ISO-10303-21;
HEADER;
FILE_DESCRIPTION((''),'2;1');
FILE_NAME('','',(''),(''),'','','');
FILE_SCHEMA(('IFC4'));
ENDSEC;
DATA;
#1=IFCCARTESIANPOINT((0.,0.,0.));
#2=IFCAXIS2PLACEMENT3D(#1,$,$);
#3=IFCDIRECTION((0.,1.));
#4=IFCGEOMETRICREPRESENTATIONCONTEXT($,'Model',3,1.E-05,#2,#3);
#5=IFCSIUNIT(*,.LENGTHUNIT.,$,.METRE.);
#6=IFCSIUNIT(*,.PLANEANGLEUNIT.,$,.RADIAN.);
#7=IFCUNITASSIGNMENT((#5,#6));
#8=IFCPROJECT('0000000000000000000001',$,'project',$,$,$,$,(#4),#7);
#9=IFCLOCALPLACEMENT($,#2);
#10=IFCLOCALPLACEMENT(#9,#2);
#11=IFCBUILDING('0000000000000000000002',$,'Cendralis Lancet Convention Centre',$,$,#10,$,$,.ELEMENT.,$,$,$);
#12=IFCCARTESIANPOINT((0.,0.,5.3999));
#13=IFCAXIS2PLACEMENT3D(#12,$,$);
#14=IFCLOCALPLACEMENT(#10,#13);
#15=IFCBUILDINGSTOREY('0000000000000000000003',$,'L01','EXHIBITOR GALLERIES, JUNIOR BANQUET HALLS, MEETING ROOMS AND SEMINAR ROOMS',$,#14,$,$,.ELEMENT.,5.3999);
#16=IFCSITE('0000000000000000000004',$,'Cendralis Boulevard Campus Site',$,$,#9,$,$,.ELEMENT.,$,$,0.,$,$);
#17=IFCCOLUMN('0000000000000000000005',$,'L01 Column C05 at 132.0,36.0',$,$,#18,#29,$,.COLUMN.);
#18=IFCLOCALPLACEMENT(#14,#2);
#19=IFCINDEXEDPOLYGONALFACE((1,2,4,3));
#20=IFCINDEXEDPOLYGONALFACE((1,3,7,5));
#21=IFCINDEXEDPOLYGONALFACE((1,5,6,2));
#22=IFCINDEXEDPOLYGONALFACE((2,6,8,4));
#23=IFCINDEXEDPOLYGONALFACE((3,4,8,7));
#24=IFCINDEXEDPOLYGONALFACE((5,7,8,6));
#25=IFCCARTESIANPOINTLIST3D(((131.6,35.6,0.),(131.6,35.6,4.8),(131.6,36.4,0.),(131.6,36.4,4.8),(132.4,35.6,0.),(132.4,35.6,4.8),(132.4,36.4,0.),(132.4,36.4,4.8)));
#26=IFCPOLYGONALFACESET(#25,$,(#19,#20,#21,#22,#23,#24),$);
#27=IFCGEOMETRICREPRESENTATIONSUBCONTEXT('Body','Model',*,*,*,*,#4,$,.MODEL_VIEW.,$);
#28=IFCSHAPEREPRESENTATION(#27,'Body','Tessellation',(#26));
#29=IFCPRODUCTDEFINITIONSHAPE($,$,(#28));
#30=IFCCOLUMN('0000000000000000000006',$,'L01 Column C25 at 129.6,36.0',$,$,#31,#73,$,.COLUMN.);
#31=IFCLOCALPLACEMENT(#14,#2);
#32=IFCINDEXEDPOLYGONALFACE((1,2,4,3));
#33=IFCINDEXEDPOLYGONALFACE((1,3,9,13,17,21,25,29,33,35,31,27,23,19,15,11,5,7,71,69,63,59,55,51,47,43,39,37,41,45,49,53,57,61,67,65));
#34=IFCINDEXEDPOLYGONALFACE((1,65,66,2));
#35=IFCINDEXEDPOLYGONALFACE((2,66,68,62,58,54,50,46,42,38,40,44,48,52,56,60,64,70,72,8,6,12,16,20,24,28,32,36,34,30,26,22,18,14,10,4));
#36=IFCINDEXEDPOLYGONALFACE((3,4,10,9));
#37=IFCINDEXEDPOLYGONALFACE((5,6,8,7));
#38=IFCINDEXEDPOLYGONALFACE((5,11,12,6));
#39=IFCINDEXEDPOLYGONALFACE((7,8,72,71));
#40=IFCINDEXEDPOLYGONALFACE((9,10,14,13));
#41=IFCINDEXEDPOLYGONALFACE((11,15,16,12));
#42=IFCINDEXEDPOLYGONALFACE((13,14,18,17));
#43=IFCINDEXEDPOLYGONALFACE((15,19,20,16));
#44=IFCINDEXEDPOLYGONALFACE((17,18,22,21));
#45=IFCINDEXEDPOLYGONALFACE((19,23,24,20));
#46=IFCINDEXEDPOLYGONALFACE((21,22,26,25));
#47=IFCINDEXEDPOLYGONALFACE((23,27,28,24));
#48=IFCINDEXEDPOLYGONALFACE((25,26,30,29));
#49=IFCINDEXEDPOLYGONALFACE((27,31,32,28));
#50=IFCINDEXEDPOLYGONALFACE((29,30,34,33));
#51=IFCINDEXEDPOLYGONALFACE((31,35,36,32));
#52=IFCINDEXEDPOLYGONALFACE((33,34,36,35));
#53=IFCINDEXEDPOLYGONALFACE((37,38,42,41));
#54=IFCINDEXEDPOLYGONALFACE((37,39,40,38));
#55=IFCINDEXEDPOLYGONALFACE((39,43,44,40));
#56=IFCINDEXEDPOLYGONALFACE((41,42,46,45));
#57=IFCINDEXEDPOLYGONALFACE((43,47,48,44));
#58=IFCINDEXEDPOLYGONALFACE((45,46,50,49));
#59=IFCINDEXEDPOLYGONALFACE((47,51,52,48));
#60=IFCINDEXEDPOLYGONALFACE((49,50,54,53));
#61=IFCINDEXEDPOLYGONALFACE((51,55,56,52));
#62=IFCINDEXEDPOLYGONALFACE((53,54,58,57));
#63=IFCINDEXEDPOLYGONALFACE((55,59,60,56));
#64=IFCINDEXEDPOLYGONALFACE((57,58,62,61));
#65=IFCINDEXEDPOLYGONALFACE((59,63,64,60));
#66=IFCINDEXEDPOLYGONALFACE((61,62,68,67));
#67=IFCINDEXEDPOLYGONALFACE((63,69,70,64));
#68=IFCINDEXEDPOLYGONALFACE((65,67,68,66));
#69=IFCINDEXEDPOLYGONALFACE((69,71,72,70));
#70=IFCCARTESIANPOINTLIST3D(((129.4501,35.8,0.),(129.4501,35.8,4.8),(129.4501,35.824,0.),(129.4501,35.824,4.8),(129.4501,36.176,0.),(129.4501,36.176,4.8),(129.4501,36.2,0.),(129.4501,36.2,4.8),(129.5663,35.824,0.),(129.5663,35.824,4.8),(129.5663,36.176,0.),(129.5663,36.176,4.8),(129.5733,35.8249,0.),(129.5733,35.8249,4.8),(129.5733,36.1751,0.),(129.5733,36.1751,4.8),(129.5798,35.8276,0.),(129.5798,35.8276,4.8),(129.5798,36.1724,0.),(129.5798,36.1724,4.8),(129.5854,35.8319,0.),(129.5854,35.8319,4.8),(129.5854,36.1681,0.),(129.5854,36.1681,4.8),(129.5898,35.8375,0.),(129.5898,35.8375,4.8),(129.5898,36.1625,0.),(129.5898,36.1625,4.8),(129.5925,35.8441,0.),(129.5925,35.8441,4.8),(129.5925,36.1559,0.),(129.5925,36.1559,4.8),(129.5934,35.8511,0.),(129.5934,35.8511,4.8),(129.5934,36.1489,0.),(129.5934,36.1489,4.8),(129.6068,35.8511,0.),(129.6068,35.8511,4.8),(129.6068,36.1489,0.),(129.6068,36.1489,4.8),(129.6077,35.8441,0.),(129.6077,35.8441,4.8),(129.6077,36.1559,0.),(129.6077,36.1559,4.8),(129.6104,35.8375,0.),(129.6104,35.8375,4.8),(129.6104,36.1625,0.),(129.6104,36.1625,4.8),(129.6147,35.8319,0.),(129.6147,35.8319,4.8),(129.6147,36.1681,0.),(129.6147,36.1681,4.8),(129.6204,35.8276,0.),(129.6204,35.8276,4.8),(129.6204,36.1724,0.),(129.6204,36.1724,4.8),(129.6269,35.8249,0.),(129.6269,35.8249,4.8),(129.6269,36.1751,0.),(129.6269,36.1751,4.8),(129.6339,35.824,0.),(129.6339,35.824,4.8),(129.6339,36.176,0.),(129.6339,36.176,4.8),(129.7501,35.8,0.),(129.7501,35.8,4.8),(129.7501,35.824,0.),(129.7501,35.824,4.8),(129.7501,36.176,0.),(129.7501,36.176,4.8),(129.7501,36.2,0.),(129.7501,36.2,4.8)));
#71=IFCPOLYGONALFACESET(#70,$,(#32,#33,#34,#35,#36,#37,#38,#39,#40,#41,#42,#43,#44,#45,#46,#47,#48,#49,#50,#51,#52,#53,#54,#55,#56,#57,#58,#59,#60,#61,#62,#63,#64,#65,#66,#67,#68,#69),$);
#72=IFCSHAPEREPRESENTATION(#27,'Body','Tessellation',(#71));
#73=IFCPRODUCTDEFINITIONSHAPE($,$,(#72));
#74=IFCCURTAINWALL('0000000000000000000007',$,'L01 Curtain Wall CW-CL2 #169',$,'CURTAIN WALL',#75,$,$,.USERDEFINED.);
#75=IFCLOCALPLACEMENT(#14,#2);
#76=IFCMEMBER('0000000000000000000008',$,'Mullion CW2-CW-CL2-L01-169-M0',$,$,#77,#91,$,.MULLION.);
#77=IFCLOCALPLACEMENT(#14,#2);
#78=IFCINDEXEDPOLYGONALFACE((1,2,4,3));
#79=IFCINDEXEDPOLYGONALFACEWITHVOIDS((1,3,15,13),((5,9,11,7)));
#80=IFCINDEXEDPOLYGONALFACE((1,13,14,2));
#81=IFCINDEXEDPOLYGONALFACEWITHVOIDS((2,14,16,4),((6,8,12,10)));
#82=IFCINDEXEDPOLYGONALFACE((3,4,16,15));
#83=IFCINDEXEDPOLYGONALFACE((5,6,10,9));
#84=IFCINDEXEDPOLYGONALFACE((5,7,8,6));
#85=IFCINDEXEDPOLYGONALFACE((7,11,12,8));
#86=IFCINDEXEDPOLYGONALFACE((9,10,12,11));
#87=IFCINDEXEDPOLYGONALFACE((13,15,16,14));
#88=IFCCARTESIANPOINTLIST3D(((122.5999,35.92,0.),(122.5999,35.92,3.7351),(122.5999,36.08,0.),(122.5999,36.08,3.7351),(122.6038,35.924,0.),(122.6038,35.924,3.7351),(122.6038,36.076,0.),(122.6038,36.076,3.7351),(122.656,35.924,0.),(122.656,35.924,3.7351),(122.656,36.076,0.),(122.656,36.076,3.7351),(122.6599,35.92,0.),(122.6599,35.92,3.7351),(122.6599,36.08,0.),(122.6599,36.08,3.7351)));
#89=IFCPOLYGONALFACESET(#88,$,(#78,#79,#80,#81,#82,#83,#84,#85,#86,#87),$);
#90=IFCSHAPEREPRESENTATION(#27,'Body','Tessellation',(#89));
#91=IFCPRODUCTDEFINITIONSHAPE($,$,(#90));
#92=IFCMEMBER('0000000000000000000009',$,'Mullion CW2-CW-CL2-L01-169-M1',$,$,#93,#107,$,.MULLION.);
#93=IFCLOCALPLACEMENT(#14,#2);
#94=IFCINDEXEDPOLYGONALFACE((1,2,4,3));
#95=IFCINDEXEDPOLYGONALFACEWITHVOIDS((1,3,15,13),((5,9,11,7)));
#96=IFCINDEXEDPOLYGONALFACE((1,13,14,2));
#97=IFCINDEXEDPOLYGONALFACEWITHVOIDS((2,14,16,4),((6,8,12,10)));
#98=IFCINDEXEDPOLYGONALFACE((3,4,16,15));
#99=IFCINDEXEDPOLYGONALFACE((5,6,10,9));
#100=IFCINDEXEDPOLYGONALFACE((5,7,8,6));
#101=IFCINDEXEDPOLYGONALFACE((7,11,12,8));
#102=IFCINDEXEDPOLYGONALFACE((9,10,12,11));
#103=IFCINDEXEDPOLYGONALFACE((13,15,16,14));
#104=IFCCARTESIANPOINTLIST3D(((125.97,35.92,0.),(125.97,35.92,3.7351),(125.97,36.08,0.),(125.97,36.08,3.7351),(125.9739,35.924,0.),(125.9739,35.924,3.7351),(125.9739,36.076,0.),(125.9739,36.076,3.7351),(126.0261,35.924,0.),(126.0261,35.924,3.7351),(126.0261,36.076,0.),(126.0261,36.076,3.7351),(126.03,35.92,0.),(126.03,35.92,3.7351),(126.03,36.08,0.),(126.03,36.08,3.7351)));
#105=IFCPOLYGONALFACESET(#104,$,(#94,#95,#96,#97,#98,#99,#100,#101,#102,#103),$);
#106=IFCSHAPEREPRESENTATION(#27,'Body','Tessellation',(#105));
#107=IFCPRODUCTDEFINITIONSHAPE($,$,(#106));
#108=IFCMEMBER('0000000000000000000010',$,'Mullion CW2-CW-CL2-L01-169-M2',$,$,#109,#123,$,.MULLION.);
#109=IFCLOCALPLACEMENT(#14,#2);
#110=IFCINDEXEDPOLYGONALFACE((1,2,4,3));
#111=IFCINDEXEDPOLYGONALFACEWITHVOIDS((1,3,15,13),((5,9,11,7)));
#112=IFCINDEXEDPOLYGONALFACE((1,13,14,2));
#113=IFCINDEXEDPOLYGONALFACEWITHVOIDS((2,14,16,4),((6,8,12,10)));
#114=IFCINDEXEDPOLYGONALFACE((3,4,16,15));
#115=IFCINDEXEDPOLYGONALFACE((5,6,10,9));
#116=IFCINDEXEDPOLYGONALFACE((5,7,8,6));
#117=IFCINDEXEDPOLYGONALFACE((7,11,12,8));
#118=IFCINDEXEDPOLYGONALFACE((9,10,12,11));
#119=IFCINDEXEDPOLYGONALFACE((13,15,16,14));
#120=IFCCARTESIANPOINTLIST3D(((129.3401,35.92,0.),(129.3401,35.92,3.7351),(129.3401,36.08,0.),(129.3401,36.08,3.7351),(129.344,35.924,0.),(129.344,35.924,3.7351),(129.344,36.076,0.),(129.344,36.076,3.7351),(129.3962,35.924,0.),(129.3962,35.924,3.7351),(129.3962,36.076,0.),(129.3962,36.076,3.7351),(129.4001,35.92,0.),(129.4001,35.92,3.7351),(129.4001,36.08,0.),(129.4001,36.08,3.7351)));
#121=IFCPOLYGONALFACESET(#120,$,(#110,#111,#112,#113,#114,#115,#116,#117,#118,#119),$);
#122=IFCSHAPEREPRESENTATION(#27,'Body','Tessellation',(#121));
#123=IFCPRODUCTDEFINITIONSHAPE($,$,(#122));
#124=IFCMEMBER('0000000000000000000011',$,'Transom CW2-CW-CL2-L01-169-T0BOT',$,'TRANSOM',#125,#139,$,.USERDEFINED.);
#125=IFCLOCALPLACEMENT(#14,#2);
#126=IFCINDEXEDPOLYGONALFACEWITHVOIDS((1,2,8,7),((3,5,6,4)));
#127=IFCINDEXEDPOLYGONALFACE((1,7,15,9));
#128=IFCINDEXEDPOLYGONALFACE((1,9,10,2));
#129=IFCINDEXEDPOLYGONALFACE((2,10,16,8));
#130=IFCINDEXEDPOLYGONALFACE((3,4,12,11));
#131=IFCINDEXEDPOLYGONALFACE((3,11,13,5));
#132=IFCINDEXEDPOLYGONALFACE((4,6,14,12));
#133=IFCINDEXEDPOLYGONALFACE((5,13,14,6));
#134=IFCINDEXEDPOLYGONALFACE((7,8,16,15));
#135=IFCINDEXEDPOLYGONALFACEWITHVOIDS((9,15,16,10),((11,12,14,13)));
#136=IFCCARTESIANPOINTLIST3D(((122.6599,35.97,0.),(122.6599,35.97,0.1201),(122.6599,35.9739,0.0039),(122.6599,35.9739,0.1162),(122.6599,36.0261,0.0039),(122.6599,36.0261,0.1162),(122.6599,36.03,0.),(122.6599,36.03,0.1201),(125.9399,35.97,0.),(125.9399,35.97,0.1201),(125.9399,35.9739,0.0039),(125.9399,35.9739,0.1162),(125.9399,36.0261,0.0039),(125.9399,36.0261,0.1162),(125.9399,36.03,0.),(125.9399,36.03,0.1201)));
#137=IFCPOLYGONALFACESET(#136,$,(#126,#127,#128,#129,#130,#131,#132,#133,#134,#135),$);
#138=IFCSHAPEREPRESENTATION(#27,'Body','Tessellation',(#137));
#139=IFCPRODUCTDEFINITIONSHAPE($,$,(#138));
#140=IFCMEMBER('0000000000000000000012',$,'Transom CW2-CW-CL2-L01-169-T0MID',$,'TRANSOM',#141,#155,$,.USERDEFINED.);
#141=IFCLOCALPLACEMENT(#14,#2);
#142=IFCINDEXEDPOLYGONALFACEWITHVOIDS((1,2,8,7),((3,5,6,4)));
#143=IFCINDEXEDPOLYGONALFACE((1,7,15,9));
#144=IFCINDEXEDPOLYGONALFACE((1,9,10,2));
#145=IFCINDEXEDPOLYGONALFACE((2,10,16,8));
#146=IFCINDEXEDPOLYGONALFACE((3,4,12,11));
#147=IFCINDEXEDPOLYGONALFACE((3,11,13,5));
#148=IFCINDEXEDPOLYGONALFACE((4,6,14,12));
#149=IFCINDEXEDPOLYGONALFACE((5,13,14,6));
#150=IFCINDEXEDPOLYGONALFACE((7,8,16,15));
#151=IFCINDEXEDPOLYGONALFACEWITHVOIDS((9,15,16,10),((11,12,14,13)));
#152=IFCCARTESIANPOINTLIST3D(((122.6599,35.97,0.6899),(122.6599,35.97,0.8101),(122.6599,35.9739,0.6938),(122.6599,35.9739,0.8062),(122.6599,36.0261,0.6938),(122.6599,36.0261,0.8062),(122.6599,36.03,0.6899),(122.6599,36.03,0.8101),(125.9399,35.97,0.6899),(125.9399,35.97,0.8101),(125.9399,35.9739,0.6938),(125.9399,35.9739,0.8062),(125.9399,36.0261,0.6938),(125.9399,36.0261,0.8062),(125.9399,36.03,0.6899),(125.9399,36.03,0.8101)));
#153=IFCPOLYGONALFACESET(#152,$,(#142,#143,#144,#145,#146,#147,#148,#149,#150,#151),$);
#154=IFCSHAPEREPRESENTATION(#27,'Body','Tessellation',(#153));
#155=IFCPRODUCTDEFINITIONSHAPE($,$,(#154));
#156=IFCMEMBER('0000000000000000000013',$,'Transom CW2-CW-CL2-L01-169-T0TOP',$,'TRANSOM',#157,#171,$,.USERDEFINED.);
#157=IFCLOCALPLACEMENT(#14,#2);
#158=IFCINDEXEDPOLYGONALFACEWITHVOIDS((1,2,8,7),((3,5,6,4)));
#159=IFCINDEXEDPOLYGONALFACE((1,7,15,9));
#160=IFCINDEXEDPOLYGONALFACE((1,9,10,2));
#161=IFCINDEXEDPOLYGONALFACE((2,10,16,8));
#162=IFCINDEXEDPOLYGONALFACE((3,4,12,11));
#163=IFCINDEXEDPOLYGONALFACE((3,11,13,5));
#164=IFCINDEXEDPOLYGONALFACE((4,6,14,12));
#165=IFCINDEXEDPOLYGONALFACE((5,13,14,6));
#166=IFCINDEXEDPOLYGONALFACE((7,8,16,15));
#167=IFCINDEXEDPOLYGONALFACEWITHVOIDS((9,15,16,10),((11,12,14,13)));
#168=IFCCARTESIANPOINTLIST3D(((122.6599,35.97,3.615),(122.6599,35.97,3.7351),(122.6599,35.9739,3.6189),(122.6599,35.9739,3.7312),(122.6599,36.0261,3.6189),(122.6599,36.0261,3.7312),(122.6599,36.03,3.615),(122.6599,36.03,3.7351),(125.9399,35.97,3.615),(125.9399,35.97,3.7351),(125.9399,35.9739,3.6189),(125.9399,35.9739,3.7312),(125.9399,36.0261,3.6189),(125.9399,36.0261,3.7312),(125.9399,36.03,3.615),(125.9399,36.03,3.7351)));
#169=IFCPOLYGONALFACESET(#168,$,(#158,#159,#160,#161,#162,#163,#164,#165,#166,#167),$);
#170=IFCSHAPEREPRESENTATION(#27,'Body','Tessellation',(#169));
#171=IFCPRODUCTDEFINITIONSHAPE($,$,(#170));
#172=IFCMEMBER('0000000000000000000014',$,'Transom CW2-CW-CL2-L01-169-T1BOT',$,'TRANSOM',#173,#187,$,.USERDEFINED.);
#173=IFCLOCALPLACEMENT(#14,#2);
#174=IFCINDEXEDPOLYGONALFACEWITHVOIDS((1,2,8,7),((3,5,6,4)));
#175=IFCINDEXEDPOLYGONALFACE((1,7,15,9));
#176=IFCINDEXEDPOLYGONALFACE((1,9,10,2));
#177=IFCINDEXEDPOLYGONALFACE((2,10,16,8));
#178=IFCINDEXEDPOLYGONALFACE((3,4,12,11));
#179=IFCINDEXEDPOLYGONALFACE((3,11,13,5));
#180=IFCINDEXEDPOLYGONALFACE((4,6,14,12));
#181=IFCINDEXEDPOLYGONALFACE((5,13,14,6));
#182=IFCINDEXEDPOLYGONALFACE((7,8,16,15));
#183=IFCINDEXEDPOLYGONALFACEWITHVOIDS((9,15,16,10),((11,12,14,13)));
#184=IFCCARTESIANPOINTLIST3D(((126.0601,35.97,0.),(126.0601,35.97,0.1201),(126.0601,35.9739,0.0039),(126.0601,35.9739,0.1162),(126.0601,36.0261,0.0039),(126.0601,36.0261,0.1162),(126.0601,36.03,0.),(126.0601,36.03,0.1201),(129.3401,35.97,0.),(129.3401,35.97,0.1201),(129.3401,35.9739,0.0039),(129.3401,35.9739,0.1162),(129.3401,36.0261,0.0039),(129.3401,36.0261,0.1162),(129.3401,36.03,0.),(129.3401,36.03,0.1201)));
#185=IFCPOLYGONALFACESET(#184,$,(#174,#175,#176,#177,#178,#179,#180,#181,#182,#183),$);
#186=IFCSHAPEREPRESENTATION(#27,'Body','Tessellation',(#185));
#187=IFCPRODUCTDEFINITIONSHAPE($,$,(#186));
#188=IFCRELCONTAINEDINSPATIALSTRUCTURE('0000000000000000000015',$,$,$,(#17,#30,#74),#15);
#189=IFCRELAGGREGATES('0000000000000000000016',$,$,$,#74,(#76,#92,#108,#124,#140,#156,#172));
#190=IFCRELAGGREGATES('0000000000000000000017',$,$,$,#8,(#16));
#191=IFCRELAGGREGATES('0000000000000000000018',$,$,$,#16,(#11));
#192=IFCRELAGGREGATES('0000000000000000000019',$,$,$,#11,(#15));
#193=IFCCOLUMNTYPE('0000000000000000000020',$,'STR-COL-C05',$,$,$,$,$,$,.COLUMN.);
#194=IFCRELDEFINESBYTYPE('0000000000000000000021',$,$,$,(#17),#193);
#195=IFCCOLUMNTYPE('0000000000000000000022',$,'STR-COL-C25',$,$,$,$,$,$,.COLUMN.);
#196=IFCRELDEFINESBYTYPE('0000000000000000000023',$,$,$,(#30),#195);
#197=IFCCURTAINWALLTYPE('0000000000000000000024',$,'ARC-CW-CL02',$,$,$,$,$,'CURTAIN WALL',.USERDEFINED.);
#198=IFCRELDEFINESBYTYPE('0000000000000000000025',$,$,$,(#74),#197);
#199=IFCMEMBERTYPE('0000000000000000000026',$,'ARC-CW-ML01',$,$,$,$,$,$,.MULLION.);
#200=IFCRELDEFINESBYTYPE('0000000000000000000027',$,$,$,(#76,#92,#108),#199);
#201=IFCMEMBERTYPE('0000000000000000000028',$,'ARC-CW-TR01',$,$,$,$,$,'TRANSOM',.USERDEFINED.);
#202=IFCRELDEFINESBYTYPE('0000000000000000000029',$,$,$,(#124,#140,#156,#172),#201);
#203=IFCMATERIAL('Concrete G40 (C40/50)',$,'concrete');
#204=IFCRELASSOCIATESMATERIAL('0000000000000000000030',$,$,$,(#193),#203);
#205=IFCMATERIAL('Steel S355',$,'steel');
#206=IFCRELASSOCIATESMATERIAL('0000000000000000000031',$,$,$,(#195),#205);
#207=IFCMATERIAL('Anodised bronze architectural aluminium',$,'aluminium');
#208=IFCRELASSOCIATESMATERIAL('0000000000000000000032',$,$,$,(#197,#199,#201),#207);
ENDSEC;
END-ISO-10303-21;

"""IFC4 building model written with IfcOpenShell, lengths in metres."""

from ifc_helpers import new_model, si_unit, direction, frame, origin, origin_2d, place, context, subcontext, project, spatial, rectangle, hollow_rectangle, i_section, extrude, material, material_profile, profile_set, type_object, element, aggregate, save


model = new_model("IFC4")

# Units and contexts
model_context = context("Model", 3, precision=1e-05, world=origin(), true_north=direction((0.0, 1.0)))
body_context = subcontext(model_context, "Body", "Model", "MODEL_VIEW")
ifc_project = project(units=[si_unit("LENGTHUNIT", "METRE"), si_unit("PLANEANGLEUNIT", "RADIAN")], contexts=[model_context])

# Site, building, storey
site_placement = place(None, origin())
site = spatial("IfcSite", under=ifc_project, at=site_placement, Name="Cendralis Boulevard Campus Site", CompositionType="ELEMENT", RefElevation=0.0)
building_placement = place(site_placement, origin())
building = spatial("IfcBuilding", under=site, at=building_placement, Name="Cendralis Lancet Convention Centre", CompositionType="ELEMENT")
storey_placement = place(building_placement, frame((0.0, 0.0, 5.3999)))
storey = spatial("IfcBuildingStorey", under=building, at=storey_placement, Name="L01", Description="EXHIBITOR GALLERIES, JUNIOR BANQUET HALLS, MEETING ROOMS AND SEMINAR ROOMS", CompositionType="ELEMENT", Elevation=5.3999)

# Columns
ifc_material_1 = material(Name="Concrete G40 (C40/50)", Category="concrete")
ifc_material_profile_1 = material_profile(ifc_material_1, rectangle(XDim=0.8, YDim=0.8, at=origin_2d()), Name="RC 800x800")
ifc_profile_set_1 = profile_set([ifc_material_profile_1], Name="Concrete G40 (C40/50)")
column_type_1 = type_object("IfcColumnType", Name="STR-COL-C05", PredefinedType="COLUMN", material=ifc_profile_set_1)
column_1_placement = place(storey_placement, frame((132.0, 36.0, 0.0), z_axis=(0.0, 0.0, 1.0), x_axis=(1.0, 0.0, 0.0)))
element("IfcColumn", 1, at=column_1_placement, inside=storey, type_object=column_type_1, Name="L01 Column C05 at 132.0,36.0", PredefinedType="COLUMN", context=body_context, shape_type="SweptSolid", body=[
    extrude(rectangle(XDim=0.8, YDim=0.8, at=origin_2d()), origin(), (0.0, 0.0, 1.0), 4.8),
])
ifc_material_2 = material(Name="Steel S355", Category="steel")
ifc_material_profile_2 = material_profile(ifc_material_2, i_section(OverallWidth=0.3, OverallDepth=0.3999, WebThickness=0.0134, FlangeThickness=0.0239, FilletRadius=0.0271, at=origin_2d()), Name="HEB 400")
ifc_profile_set_2 = profile_set([ifc_material_profile_2], Name="Steel S355")
column_type_2 = type_object("IfcColumnType", Name="STR-COL-C25", PredefinedType="COLUMN", material=ifc_profile_set_2)
column_2_placement = place(storey_placement, frame((129.6001, 36.0, 0.0), z_axis=(0.0, 0.0, 1.0), x_axis=(1.0, 0.0, 0.0)))
element("IfcColumn", 2, at=column_2_placement, inside=storey, type_object=column_type_2, Name="L01 Column C25 at 129.6,36.0", PredefinedType="COLUMN", context=body_context, shape_type="SweptSolid", body=[
    extrude(i_section(OverallWidth=0.3, OverallDepth=0.3999, WebThickness=0.0134, FlangeThickness=0.0239, FilletRadius=0.0271, at=origin_2d()), origin(), (0.0, 0.0, 1.0), 4.8),
])

# Curtain wall, members
ifc_material_3 = material(Name="Anodised bronze architectural aluminium", Category="aluminium")
curtain_wall_type = type_object("IfcCurtainWallType", Name="ARC-CW-CL02", ElementType="CURTAIN WALL", PredefinedType="USERDEFINED", material=ifc_material_3)
curtain_wall_placement = place(storey_placement, origin())
curtain_wall = element("IfcCurtainWall", 3, at=curtain_wall_placement, inside=storey, type_object=curtain_wall_type, Name="L01 Curtain Wall CW-CL2 #169", ObjectType="CURTAIN WALL", PredefinedType="USERDEFINED")
ifc_material_profile_3 = material_profile(ifc_material_3, hollow_rectangle(XDim=0.0601, YDim=0.1599, WallThickness=0.0039, at=origin_2d()), Name="AL-MULL 60x160x4.0")
ifc_profile_set_3 = profile_set([ifc_material_profile_3], Name="Anodised bronze architectural aluminium")
member_type_1 = type_object("IfcMemberType", Name="ARC-CW-ML01", PredefinedType="MULLION", material=ifc_profile_set_3)
member_1_placement = place(storey_placement, frame((122.6299, 36.0, 0.0), z_axis=(0.0, 0.0, 1.0), x_axis=(1.0, 0.0, 0.0)))
member_1 = element("IfcMember", 4, at=member_1_placement, type_object=member_type_1, Name="Mullion CW2-CW-CL2-L01-169-M0", PredefinedType="MULLION", context=body_context, shape_type="SweptSolid", body=[
    extrude(hollow_rectangle(XDim=0.0601, YDim=0.1599, WallThickness=0.0039, at=origin_2d()), origin(), (0.0, 0.0, 1.0), 3.7351),
])
member_2_placement = place(storey_placement, frame((126.0, 36.0, 0.0), z_axis=(0.0, 0.0, 1.0), x_axis=(1.0, 0.0, 0.0)))
member_2 = element("IfcMember", 5, at=member_2_placement, type_object=member_type_1, Name="Mullion CW2-CW-CL2-L01-169-M1", PredefinedType="MULLION", context=body_context, shape_type="SweptSolid", body=[
    extrude(hollow_rectangle(XDim=0.0601, YDim=0.1599, WallThickness=0.0039, at=origin_2d()), origin(), (0.0, 0.0, 1.0), 3.7351),
])
member_3_placement = place(storey_placement, frame((129.3701, 36.0, 0.0), z_axis=(0.0, 0.0, 1.0), x_axis=(1.0, 0.0, 0.0)))
member_3 = element("IfcMember", 6, at=member_3_placement, type_object=member_type_1, Name="Mullion CW2-CW-CL2-L01-169-M2", PredefinedType="MULLION", context=body_context, shape_type="SweptSolid", body=[
    extrude(hollow_rectangle(XDim=0.0601, YDim=0.1599, WallThickness=0.0039, at=origin_2d()), origin(), (0.0, 0.0, 1.0), 3.7351),
])
ifc_material_profile_4 = material_profile(ifc_material_3, hollow_rectangle(XDim=0.0601, YDim=0.1201, WallThickness=0.0039, at=origin_2d()), Name="AL-TRAN 60x120x4.0")
ifc_profile_set_4 = profile_set([ifc_material_profile_4], Name="Anodised bronze architectural aluminium")
member_type_2 = type_object("IfcMemberType", Name="ARC-CW-TR01", ElementType="TRANSOM", PredefinedType="USERDEFINED", material=ifc_profile_set_4)
member_4_placement = place(storey_placement, frame((122.6599, 36.0, 0.0601), z_axis=(1.0, 0.0, 0.0), x_axis=(0.0, 1.0, 0.0)))
member_4 = element("IfcMember", 7, at=member_4_placement, type_object=member_type_2, Name="Transom CW2-CW-CL2-L01-169-T0BOT", ObjectType="TRANSOM", PredefinedType="USERDEFINED", context=body_context, shape_type="SweptSolid", body=[
    extrude(hollow_rectangle(XDim=0.0601, YDim=0.1201, WallThickness=0.0039, at=origin_2d()), origin(), (0.0, 0.0, 1.0), 3.28),
])
member_5_placement = place(storey_placement, frame((122.6599, 36.0, 0.75), z_axis=(1.0, 0.0, 0.0), x_axis=(0.0, 1.0, 0.0)))
member_5 = element("IfcMember", 8, at=member_5_placement, type_object=member_type_2, Name="Transom CW2-CW-CL2-L01-169-T0MID", ObjectType="TRANSOM", PredefinedType="USERDEFINED", context=body_context, shape_type="SweptSolid", body=[
    extrude(hollow_rectangle(XDim=0.0601, YDim=0.1201, WallThickness=0.0039, at=origin_2d()), origin(), (0.0, 0.0, 1.0), 3.28),
])
member_6_placement = place(storey_placement, frame((122.6599, 36.0, 3.675), z_axis=(1.0, 0.0, 0.0), x_axis=(0.0, 1.0, 0.0)))
member_6 = element("IfcMember", 9, at=member_6_placement, type_object=member_type_2, Name="Transom CW2-CW-CL2-L01-169-T0TOP", ObjectType="TRANSOM", PredefinedType="USERDEFINED", context=body_context, shape_type="SweptSolid", body=[
    extrude(hollow_rectangle(XDim=0.0601, YDim=0.1201, WallThickness=0.0039, at=origin_2d()), origin(), (0.0, 0.0, 1.0), 3.28),
])
member_7_placement = place(storey_placement, frame((126.0601, 36.0, 0.0601), z_axis=(1.0, 0.0, 0.0), x_axis=(0.0, 1.0, 0.0)))
member_7 = element("IfcMember", 10, at=member_7_placement, type_object=member_type_2, Name="Transom CW2-CW-CL2-L01-169-T1BOT", ObjectType="TRANSOM", PredefinedType="USERDEFINED", context=body_context, shape_type="SweptSolid", body=[
    extrude(hollow_rectangle(XDim=0.0601, YDim=0.1201, WallThickness=0.0039, at=origin_2d()), origin(), (0.0, 0.0, 1.0), 3.28),
])

aggregate(curtain_wall, [member_1, member_2, member_3, member_4, member_5, member_6, member_7])

save(model, "model.ifc")
